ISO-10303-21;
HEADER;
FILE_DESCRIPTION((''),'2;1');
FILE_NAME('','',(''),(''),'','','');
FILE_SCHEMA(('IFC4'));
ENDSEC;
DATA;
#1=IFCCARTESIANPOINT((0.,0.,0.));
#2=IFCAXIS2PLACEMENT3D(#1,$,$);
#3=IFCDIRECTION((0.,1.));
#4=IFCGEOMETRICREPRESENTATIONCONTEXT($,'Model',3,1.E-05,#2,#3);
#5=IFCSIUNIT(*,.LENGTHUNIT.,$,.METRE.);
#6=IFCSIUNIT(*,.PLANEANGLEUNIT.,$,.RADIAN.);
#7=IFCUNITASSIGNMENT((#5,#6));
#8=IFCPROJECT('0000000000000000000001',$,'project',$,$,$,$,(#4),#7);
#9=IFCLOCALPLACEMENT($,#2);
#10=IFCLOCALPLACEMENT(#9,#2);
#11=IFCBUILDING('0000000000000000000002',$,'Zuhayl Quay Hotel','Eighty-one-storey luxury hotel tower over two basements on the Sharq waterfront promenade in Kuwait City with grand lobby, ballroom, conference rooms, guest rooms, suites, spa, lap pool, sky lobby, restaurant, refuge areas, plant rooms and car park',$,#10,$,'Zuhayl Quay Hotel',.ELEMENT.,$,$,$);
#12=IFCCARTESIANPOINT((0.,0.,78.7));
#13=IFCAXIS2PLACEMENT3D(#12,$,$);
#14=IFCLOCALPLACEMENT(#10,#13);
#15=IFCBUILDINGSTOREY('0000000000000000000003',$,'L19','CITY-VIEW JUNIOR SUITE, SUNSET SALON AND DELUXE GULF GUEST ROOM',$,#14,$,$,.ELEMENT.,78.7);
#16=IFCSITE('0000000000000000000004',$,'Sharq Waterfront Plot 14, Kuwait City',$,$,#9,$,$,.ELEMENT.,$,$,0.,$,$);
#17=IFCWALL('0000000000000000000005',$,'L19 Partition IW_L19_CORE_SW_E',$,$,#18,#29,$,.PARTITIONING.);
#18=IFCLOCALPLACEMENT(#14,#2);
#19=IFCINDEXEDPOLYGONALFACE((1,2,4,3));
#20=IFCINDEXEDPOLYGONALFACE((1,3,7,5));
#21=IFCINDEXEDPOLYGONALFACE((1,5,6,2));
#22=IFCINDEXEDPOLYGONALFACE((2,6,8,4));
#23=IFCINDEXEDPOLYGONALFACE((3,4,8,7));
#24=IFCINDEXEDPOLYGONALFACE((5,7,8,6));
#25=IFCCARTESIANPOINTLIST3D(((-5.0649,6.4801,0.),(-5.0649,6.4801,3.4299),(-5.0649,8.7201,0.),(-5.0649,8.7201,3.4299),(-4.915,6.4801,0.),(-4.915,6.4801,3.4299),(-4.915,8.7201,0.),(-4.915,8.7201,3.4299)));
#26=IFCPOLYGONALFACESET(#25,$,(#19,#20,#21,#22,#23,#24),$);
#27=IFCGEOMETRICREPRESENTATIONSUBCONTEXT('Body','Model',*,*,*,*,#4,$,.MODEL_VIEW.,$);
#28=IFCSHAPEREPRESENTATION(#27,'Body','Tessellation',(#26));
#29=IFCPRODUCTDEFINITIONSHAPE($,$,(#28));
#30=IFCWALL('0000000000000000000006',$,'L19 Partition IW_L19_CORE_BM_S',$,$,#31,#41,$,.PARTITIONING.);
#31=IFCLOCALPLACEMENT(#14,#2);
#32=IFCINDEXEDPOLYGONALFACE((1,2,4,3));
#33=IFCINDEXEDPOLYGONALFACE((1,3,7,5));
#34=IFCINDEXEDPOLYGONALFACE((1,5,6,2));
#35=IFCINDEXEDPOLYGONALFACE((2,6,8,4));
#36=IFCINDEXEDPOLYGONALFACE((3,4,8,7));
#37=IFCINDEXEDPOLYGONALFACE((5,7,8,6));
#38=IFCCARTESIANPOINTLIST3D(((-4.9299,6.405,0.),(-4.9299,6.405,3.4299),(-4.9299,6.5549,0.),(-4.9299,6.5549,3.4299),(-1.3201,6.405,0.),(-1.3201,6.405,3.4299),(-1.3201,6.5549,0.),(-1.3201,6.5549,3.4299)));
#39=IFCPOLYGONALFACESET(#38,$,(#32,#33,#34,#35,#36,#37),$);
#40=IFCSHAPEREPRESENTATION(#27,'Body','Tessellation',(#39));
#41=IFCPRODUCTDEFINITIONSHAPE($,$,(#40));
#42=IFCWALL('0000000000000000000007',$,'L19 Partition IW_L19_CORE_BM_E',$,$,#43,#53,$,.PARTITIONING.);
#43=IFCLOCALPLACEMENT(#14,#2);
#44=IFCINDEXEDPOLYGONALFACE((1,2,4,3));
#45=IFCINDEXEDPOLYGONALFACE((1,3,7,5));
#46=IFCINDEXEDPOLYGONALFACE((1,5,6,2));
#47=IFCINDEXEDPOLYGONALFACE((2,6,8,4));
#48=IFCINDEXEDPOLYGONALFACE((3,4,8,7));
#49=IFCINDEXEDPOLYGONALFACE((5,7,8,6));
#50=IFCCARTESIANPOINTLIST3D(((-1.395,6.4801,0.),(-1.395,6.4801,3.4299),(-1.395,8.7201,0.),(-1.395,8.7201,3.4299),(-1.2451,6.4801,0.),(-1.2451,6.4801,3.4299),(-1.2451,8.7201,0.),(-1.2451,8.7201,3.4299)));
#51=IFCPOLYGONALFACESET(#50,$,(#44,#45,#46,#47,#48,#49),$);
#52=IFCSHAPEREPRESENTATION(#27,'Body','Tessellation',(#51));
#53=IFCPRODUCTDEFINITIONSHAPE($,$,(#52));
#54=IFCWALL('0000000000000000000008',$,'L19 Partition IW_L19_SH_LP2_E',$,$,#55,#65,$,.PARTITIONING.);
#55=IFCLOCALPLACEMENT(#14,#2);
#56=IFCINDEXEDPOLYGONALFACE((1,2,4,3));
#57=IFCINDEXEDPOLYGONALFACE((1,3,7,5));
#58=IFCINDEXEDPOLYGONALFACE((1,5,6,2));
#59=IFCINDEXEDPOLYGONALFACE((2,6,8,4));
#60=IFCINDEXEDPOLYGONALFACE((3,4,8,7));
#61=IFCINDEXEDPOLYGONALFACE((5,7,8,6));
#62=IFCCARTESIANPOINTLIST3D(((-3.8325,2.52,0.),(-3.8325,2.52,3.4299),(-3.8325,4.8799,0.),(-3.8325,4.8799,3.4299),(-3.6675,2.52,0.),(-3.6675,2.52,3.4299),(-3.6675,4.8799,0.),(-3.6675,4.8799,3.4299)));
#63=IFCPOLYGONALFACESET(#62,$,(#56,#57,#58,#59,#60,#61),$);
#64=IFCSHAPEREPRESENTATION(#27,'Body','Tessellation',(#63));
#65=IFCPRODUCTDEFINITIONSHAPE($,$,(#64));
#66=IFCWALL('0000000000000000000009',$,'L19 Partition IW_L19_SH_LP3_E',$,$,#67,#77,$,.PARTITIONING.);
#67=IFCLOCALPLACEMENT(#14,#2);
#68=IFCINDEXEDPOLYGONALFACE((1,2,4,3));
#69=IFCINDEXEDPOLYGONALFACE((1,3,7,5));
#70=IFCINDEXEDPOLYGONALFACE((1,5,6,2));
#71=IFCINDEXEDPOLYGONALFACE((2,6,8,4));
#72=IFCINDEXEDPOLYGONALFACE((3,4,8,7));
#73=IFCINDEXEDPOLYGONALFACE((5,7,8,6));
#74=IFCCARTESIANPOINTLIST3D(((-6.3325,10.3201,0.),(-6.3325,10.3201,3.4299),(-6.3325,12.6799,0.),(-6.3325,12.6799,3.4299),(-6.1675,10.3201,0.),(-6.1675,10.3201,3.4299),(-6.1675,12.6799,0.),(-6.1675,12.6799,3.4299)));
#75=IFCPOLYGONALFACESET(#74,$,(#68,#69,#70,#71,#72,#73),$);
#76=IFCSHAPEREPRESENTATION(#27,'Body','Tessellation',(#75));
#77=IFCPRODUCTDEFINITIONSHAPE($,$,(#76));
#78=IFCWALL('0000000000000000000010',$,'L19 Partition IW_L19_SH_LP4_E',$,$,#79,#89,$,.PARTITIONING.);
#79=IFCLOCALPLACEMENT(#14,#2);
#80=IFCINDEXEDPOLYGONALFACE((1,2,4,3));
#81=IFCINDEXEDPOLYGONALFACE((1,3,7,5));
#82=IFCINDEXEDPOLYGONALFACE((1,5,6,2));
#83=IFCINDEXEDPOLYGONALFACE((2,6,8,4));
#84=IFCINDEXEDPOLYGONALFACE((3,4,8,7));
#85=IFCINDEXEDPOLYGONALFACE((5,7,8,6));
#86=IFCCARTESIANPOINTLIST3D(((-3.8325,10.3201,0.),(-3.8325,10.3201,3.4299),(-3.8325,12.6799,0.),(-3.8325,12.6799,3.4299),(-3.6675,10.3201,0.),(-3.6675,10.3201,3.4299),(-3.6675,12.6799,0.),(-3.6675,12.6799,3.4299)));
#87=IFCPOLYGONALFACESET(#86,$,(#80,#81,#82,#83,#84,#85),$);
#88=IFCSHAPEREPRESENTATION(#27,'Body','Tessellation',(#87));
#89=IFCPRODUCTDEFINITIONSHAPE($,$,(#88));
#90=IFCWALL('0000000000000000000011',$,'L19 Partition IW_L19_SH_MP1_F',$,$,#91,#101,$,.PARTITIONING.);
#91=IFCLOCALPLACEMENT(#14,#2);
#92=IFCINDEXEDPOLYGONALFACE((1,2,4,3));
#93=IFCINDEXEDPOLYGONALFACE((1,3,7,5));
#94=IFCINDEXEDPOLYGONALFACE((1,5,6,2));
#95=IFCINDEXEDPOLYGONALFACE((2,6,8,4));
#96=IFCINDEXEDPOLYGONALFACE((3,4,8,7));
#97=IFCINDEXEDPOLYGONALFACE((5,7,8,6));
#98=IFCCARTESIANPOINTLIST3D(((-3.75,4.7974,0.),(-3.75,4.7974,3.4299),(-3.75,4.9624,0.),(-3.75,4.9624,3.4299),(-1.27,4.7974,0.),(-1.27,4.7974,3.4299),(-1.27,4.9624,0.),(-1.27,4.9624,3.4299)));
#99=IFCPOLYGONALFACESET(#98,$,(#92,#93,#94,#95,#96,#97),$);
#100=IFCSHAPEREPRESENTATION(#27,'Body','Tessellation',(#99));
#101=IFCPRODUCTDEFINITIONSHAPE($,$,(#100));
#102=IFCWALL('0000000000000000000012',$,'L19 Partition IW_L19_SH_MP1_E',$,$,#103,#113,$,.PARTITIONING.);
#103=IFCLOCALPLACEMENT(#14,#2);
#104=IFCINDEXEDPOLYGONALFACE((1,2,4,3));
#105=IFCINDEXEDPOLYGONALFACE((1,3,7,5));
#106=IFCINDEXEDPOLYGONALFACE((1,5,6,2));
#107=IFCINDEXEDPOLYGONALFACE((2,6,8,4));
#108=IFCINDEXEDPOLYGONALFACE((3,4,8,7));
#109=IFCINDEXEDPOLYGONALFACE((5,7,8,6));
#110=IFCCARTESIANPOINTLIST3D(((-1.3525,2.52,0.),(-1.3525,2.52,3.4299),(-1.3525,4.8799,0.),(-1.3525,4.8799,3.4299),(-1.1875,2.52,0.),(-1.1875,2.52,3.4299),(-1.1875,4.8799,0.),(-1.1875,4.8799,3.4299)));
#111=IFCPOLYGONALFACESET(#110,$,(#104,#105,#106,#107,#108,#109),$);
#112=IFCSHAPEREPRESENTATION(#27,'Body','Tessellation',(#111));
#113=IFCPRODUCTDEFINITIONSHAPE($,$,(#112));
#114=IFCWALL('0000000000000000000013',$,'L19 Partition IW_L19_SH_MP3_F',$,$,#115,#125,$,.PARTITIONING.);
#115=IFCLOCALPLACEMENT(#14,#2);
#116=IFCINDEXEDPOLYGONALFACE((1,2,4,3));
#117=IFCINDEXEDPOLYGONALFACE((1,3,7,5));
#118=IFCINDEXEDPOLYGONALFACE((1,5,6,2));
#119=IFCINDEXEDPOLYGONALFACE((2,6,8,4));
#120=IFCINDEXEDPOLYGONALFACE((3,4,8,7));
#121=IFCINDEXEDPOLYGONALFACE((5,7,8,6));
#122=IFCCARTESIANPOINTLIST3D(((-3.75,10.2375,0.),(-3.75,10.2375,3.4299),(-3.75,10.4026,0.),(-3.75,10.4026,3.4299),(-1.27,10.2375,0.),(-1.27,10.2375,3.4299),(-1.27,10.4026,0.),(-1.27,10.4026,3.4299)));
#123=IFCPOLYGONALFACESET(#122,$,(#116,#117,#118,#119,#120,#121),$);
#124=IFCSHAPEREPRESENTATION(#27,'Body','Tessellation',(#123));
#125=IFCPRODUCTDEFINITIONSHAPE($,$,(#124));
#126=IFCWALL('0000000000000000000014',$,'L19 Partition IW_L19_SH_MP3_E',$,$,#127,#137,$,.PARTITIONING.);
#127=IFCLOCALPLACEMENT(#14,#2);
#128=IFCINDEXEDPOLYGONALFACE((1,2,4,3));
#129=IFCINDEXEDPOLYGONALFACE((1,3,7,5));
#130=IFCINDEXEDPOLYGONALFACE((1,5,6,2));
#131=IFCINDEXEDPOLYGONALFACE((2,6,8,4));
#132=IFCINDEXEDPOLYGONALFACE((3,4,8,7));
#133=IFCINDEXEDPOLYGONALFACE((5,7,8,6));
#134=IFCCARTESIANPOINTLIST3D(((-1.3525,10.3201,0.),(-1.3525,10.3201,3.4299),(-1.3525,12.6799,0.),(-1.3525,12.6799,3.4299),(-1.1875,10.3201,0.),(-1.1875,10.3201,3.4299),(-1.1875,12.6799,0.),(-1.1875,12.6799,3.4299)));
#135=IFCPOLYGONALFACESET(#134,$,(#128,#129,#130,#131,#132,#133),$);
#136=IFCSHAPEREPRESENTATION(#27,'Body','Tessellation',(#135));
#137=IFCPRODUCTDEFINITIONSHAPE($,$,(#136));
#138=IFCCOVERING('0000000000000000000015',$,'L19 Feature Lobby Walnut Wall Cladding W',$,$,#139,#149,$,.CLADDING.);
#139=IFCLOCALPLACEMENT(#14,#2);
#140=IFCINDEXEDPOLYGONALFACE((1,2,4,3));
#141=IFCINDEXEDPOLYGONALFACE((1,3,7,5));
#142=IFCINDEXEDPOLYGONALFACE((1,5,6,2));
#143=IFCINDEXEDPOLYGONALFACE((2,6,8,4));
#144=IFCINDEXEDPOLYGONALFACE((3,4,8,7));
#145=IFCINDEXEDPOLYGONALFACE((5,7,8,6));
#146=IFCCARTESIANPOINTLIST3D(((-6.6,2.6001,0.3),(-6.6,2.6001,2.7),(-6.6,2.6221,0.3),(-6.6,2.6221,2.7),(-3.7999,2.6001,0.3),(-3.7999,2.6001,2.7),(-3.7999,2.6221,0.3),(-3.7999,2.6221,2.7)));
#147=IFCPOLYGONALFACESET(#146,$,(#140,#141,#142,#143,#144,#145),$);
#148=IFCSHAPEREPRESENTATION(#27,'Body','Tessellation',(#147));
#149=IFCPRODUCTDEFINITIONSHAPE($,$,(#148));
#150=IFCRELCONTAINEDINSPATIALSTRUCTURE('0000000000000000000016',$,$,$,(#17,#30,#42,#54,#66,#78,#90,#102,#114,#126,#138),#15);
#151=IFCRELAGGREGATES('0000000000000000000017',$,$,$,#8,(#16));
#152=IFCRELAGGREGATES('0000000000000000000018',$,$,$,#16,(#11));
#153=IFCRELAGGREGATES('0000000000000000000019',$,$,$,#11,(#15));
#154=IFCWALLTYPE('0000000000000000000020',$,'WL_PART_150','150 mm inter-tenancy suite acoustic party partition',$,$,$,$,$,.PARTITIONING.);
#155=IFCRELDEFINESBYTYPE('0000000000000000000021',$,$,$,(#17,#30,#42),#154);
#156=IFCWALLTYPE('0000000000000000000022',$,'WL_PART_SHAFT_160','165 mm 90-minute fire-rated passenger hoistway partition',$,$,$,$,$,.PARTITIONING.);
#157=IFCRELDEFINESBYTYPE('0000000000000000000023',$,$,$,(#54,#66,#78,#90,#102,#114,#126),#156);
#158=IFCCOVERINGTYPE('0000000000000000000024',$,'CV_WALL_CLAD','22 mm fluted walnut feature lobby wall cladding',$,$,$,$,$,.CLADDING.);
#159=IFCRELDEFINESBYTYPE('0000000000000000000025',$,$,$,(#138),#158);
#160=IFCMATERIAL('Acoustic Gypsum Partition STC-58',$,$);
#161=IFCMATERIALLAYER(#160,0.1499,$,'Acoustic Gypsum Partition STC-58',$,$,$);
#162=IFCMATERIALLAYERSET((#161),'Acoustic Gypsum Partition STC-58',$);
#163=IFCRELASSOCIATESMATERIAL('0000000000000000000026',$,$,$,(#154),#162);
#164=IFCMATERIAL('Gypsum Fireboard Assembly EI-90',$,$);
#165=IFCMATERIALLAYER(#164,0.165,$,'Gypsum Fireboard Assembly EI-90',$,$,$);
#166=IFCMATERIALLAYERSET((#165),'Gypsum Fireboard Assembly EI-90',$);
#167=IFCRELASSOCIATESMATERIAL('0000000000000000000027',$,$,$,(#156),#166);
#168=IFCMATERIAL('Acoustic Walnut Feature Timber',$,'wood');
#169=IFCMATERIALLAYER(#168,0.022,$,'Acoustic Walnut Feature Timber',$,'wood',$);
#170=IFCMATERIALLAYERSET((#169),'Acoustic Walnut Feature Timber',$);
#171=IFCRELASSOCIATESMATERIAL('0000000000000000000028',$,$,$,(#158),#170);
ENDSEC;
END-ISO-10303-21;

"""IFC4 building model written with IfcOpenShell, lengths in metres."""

from ifc_helpers import new_model, si_unit, direction, frame, frame_2d, origin, origin_2d, place, context, subcontext, project, spatial, rectangle, extrude, material, layer, layer_set, type_object, element, save


model = new_model("IFC4")

# Units and contexts
model_context = context("Model", 3, precision=1e-05, world=origin(), true_north=direction((0.0, 1.0)))
body_context = subcontext(model_context, "Body", "Model", "MODEL_VIEW")
ifc_project = project(units=[si_unit("LENGTHUNIT", "METRE"), si_unit("PLANEANGLEUNIT", "RADIAN")], contexts=[model_context])

# Site, building, storey
site_placement = place(None, origin())
site = spatial("IfcSite", under=ifc_project, at=site_placement, Name="Sharq Waterfront Plot 14, Kuwait City", CompositionType="ELEMENT", RefElevation=0.0)
building_placement = place(site_placement, origin())
building = spatial("IfcBuilding", under=site, at=building_placement, Name="Zuhayl Quay Hotel", Description="Eighty-one-storey luxury hotel tower over two basements on the Sharq waterfront promenade in Kuwait City with grand lobby, ballroom, conference rooms, guest rooms, suites, spa, lap pool, sky lobby, restaurant, refuge areas, plant rooms and car park", LongName="Zuhayl Quay Hotel", CompositionType="ELEMENT")
storey_placement = place(building_placement, frame((0.0, 0.0, 78.7)))
storey = spatial("IfcBuildingStorey", under=building, at=storey_placement, Name="L19", Description="CITY-VIEW JUNIOR SUITE, SUNSET SALON AND DELUXE GULF GUEST ROOM", CompositionType="ELEMENT", Elevation=78.7)

# Shared definitions
ifc_material_1 = material(Name="Acoustic Gypsum Partition STC-58")
ifc_layer_1 = layer(ifc_material_1, 0.1499, Name="Acoustic Gypsum Partition STC-58")
ifc_layer_set_1 = layer_set([ifc_layer_1], Name="Acoustic Gypsum Partition STC-58")
wall_type_1 = type_object("IfcWallType", Name="WL_PART_150", Description="150 mm inter-tenancy suite acoustic party partition", PredefinedType="PARTITIONING", material=ifc_layer_set_1)

# Walls
wall_1_placement = place(storey_placement, frame((-4.99, 6.48, 0.0), z_axis=(0.0, 0.0, 1.0), x_axis=(0.0, 1.0, 0.0)))
element("IfcWall", 1, at=wall_1_placement, inside=storey, type_object=wall_type_1, Name="L19 Partition IW_L19_CORE_SW_E", PredefinedType="PARTITIONING", context=body_context, shape_type="SweptSolid", body=[
    extrude(rectangle(XDim=2.24, YDim=0.1499, at=frame_2d((1.1201, 0.0))), origin(), (0.0, 0.0, 1.0), 3.4299),
])
wall_2_placement = place(storey_placement, frame((-4.9299, 6.48, 0.0), z_axis=(0.0, 0.0, 1.0), x_axis=(1.0, 0.0, 0.0)))
element("IfcWall", 2, at=wall_2_placement, inside=storey, type_object=wall_type_1, Name="L19 Partition IW_L19_CORE_BM_S", PredefinedType="PARTITIONING", context=body_context, shape_type="SweptSolid", body=[
    extrude(rectangle(XDim=3.6099, YDim=0.1499, at=frame_2d((1.8049, 0.0))), origin(), (0.0, 0.0, 1.0), 3.4299),
])
wall_3_placement = place(storey_placement, frame((-1.3201, 6.48, 0.0), z_axis=(0.0, 0.0, 1.0), x_axis=(0.0, 1.0, 0.0)))
element("IfcWall", 3, at=wall_3_placement, inside=storey, type_object=wall_type_1, Name="L19 Partition IW_L19_CORE_BM_E", PredefinedType="PARTITIONING", context=body_context, shape_type="SweptSolid", body=[
    extrude(rectangle(XDim=2.24, YDim=0.1499, at=frame_2d((1.1201, 0.0))), origin(), (0.0, 0.0, 1.0), 3.4299),
])
ifc_material_2 = material(Name="Gypsum Fireboard Assembly EI-90")
ifc_layer_2 = layer(ifc_material_2, 0.165, Name="Gypsum Fireboard Assembly EI-90")
ifc_layer_set_2 = layer_set([ifc_layer_2], Name="Gypsum Fireboard Assembly EI-90")
wall_type_2 = type_object("IfcWallType", Name="WL_PART_SHAFT_160", Description="165 mm 90-minute fire-rated passenger hoistway partition", PredefinedType="PARTITIONING", material=ifc_layer_set_2)
for number, where, z_axis, x_axis, name in (
    (4, (-3.75, 2.52, 0.0), (0.0, 0.0, 1.0), (0.0, 1.0, 0.0), "L19 Partition IW_L19_SH_LP2_E"),
    (5, (-6.25, 10.3201, 0.0), (0.0, 0.0, 1.0), (0.0, 1.0, 0.0), "L19 Partition IW_L19_SH_LP3_E"),
    (6, (-3.75, 10.3201, 0.0), (0.0, 0.0, 1.0), (0.0, 1.0, 0.0), "L19 Partition IW_L19_SH_LP4_E"),
):
    element("IfcWall", number, at=place(storey_placement, frame(where, z_axis=z_axis, x_axis=x_axis)), inside=storey, type_object=wall_type_2, Name=name, PredefinedType="PARTITIONING", context=body_context, shape_type="SweptSolid", body=[
        extrude(rectangle(XDim=2.3599, YDim=0.165, at=frame_2d((1.1799, 0.0))), origin(), (0.0, 0.0, 1.0), 3.4299),
    ])
wall_4_placement = place(storey_placement, frame((-3.75, 4.8799, 0.0), z_axis=(0.0, 0.0, 1.0), x_axis=(1.0, 0.0, 0.0)))
element("IfcWall", 7, at=wall_4_placement, inside=storey, type_object=wall_type_2, Name="L19 Partition IW_L19_SH_MP1_F", PredefinedType="PARTITIONING", context=body_context, shape_type="SweptSolid", body=[
    extrude(rectangle(XDim=2.48, YDim=0.165, at=frame_2d((1.24, 0.0))), origin(), (0.0, 0.0, 1.0), 3.4299),
])
wall_5_placement = place(storey_placement, frame((-1.27, 2.52, 0.0), z_axis=(0.0, 0.0, 1.0), x_axis=(0.0, 1.0, 0.0)))
element("IfcWall", 8, at=wall_5_placement, inside=storey, type_object=wall_type_2, Name="L19 Partition IW_L19_SH_MP1_E", PredefinedType="PARTITIONING", context=body_context, shape_type="SweptSolid", body=[
    extrude(rectangle(XDim=2.3599, YDim=0.165, at=frame_2d((1.1799, 0.0))), origin(), (0.0, 0.0, 1.0), 3.4299),
])
wall_6_placement = place(storey_placement, frame((-3.75, 10.3201, 0.0), z_axis=(0.0, 0.0, 1.0), x_axis=(1.0, 0.0, 0.0)))
element("IfcWall", 9, at=wall_6_placement, inside=storey, type_object=wall_type_2, Name="L19 Partition IW_L19_SH_MP3_F", PredefinedType="PARTITIONING", context=body_context, shape_type="SweptSolid", body=[
    extrude(rectangle(XDim=2.48, YDim=0.165, at=frame_2d((1.24, 0.0))), origin(), (0.0, 0.0, 1.0), 3.4299),
])
wall_7_placement = place(storey_placement, frame((-1.27, 10.3201, 0.0), z_axis=(0.0, 0.0, 1.0), x_axis=(0.0, 1.0, 0.0)))
element("IfcWall", 10, at=wall_7_placement, inside=storey, type_object=wall_type_2, Name="L19 Partition IW_L19_SH_MP3_E", PredefinedType="PARTITIONING", context=body_context, shape_type="SweptSolid", body=[
    extrude(rectangle(XDim=2.3599, YDim=0.165, at=frame_2d((1.1799, 0.0))), origin(), (0.0, 0.0, 1.0), 3.4299),
])

# Covering
ifc_material_3 = material(Name="Acoustic Walnut Feature Timber", Category="wood")
ifc_layer_3 = layer(ifc_material_3, 0.022, Name="Acoustic Walnut Feature Timber", Category="wood")
ifc_layer_set_3 = layer_set([ifc_layer_3], Name="Acoustic Walnut Feature Timber")
covering_type = type_object("IfcCoveringType", Name="CV_WALL_CLAD", Description="22 mm fluted walnut feature lobby wall cladding", PredefinedType="CLADDING", material=ifc_layer_set_3)
covering_placement = place(storey_placement, frame((-5.2, 2.6111, 0.3), z_axis=(0.0, 0.0, 1.0), x_axis=(1.0, 0.0, 0.0)))
element("IfcCovering", 11, at=covering_placement, inside=storey, type_object=covering_type, Name="L19 Feature Lobby Walnut Wall Cladding W", PredefinedType="CLADDING", context=body_context, shape_type="SweptSolid", body=[
    extrude(rectangle(XDim=2.8, YDim=0.022, at=origin_2d()), origin(), (0.0, 0.0, 1.0), 2.3999),
])

save(model, "model.ifc")
